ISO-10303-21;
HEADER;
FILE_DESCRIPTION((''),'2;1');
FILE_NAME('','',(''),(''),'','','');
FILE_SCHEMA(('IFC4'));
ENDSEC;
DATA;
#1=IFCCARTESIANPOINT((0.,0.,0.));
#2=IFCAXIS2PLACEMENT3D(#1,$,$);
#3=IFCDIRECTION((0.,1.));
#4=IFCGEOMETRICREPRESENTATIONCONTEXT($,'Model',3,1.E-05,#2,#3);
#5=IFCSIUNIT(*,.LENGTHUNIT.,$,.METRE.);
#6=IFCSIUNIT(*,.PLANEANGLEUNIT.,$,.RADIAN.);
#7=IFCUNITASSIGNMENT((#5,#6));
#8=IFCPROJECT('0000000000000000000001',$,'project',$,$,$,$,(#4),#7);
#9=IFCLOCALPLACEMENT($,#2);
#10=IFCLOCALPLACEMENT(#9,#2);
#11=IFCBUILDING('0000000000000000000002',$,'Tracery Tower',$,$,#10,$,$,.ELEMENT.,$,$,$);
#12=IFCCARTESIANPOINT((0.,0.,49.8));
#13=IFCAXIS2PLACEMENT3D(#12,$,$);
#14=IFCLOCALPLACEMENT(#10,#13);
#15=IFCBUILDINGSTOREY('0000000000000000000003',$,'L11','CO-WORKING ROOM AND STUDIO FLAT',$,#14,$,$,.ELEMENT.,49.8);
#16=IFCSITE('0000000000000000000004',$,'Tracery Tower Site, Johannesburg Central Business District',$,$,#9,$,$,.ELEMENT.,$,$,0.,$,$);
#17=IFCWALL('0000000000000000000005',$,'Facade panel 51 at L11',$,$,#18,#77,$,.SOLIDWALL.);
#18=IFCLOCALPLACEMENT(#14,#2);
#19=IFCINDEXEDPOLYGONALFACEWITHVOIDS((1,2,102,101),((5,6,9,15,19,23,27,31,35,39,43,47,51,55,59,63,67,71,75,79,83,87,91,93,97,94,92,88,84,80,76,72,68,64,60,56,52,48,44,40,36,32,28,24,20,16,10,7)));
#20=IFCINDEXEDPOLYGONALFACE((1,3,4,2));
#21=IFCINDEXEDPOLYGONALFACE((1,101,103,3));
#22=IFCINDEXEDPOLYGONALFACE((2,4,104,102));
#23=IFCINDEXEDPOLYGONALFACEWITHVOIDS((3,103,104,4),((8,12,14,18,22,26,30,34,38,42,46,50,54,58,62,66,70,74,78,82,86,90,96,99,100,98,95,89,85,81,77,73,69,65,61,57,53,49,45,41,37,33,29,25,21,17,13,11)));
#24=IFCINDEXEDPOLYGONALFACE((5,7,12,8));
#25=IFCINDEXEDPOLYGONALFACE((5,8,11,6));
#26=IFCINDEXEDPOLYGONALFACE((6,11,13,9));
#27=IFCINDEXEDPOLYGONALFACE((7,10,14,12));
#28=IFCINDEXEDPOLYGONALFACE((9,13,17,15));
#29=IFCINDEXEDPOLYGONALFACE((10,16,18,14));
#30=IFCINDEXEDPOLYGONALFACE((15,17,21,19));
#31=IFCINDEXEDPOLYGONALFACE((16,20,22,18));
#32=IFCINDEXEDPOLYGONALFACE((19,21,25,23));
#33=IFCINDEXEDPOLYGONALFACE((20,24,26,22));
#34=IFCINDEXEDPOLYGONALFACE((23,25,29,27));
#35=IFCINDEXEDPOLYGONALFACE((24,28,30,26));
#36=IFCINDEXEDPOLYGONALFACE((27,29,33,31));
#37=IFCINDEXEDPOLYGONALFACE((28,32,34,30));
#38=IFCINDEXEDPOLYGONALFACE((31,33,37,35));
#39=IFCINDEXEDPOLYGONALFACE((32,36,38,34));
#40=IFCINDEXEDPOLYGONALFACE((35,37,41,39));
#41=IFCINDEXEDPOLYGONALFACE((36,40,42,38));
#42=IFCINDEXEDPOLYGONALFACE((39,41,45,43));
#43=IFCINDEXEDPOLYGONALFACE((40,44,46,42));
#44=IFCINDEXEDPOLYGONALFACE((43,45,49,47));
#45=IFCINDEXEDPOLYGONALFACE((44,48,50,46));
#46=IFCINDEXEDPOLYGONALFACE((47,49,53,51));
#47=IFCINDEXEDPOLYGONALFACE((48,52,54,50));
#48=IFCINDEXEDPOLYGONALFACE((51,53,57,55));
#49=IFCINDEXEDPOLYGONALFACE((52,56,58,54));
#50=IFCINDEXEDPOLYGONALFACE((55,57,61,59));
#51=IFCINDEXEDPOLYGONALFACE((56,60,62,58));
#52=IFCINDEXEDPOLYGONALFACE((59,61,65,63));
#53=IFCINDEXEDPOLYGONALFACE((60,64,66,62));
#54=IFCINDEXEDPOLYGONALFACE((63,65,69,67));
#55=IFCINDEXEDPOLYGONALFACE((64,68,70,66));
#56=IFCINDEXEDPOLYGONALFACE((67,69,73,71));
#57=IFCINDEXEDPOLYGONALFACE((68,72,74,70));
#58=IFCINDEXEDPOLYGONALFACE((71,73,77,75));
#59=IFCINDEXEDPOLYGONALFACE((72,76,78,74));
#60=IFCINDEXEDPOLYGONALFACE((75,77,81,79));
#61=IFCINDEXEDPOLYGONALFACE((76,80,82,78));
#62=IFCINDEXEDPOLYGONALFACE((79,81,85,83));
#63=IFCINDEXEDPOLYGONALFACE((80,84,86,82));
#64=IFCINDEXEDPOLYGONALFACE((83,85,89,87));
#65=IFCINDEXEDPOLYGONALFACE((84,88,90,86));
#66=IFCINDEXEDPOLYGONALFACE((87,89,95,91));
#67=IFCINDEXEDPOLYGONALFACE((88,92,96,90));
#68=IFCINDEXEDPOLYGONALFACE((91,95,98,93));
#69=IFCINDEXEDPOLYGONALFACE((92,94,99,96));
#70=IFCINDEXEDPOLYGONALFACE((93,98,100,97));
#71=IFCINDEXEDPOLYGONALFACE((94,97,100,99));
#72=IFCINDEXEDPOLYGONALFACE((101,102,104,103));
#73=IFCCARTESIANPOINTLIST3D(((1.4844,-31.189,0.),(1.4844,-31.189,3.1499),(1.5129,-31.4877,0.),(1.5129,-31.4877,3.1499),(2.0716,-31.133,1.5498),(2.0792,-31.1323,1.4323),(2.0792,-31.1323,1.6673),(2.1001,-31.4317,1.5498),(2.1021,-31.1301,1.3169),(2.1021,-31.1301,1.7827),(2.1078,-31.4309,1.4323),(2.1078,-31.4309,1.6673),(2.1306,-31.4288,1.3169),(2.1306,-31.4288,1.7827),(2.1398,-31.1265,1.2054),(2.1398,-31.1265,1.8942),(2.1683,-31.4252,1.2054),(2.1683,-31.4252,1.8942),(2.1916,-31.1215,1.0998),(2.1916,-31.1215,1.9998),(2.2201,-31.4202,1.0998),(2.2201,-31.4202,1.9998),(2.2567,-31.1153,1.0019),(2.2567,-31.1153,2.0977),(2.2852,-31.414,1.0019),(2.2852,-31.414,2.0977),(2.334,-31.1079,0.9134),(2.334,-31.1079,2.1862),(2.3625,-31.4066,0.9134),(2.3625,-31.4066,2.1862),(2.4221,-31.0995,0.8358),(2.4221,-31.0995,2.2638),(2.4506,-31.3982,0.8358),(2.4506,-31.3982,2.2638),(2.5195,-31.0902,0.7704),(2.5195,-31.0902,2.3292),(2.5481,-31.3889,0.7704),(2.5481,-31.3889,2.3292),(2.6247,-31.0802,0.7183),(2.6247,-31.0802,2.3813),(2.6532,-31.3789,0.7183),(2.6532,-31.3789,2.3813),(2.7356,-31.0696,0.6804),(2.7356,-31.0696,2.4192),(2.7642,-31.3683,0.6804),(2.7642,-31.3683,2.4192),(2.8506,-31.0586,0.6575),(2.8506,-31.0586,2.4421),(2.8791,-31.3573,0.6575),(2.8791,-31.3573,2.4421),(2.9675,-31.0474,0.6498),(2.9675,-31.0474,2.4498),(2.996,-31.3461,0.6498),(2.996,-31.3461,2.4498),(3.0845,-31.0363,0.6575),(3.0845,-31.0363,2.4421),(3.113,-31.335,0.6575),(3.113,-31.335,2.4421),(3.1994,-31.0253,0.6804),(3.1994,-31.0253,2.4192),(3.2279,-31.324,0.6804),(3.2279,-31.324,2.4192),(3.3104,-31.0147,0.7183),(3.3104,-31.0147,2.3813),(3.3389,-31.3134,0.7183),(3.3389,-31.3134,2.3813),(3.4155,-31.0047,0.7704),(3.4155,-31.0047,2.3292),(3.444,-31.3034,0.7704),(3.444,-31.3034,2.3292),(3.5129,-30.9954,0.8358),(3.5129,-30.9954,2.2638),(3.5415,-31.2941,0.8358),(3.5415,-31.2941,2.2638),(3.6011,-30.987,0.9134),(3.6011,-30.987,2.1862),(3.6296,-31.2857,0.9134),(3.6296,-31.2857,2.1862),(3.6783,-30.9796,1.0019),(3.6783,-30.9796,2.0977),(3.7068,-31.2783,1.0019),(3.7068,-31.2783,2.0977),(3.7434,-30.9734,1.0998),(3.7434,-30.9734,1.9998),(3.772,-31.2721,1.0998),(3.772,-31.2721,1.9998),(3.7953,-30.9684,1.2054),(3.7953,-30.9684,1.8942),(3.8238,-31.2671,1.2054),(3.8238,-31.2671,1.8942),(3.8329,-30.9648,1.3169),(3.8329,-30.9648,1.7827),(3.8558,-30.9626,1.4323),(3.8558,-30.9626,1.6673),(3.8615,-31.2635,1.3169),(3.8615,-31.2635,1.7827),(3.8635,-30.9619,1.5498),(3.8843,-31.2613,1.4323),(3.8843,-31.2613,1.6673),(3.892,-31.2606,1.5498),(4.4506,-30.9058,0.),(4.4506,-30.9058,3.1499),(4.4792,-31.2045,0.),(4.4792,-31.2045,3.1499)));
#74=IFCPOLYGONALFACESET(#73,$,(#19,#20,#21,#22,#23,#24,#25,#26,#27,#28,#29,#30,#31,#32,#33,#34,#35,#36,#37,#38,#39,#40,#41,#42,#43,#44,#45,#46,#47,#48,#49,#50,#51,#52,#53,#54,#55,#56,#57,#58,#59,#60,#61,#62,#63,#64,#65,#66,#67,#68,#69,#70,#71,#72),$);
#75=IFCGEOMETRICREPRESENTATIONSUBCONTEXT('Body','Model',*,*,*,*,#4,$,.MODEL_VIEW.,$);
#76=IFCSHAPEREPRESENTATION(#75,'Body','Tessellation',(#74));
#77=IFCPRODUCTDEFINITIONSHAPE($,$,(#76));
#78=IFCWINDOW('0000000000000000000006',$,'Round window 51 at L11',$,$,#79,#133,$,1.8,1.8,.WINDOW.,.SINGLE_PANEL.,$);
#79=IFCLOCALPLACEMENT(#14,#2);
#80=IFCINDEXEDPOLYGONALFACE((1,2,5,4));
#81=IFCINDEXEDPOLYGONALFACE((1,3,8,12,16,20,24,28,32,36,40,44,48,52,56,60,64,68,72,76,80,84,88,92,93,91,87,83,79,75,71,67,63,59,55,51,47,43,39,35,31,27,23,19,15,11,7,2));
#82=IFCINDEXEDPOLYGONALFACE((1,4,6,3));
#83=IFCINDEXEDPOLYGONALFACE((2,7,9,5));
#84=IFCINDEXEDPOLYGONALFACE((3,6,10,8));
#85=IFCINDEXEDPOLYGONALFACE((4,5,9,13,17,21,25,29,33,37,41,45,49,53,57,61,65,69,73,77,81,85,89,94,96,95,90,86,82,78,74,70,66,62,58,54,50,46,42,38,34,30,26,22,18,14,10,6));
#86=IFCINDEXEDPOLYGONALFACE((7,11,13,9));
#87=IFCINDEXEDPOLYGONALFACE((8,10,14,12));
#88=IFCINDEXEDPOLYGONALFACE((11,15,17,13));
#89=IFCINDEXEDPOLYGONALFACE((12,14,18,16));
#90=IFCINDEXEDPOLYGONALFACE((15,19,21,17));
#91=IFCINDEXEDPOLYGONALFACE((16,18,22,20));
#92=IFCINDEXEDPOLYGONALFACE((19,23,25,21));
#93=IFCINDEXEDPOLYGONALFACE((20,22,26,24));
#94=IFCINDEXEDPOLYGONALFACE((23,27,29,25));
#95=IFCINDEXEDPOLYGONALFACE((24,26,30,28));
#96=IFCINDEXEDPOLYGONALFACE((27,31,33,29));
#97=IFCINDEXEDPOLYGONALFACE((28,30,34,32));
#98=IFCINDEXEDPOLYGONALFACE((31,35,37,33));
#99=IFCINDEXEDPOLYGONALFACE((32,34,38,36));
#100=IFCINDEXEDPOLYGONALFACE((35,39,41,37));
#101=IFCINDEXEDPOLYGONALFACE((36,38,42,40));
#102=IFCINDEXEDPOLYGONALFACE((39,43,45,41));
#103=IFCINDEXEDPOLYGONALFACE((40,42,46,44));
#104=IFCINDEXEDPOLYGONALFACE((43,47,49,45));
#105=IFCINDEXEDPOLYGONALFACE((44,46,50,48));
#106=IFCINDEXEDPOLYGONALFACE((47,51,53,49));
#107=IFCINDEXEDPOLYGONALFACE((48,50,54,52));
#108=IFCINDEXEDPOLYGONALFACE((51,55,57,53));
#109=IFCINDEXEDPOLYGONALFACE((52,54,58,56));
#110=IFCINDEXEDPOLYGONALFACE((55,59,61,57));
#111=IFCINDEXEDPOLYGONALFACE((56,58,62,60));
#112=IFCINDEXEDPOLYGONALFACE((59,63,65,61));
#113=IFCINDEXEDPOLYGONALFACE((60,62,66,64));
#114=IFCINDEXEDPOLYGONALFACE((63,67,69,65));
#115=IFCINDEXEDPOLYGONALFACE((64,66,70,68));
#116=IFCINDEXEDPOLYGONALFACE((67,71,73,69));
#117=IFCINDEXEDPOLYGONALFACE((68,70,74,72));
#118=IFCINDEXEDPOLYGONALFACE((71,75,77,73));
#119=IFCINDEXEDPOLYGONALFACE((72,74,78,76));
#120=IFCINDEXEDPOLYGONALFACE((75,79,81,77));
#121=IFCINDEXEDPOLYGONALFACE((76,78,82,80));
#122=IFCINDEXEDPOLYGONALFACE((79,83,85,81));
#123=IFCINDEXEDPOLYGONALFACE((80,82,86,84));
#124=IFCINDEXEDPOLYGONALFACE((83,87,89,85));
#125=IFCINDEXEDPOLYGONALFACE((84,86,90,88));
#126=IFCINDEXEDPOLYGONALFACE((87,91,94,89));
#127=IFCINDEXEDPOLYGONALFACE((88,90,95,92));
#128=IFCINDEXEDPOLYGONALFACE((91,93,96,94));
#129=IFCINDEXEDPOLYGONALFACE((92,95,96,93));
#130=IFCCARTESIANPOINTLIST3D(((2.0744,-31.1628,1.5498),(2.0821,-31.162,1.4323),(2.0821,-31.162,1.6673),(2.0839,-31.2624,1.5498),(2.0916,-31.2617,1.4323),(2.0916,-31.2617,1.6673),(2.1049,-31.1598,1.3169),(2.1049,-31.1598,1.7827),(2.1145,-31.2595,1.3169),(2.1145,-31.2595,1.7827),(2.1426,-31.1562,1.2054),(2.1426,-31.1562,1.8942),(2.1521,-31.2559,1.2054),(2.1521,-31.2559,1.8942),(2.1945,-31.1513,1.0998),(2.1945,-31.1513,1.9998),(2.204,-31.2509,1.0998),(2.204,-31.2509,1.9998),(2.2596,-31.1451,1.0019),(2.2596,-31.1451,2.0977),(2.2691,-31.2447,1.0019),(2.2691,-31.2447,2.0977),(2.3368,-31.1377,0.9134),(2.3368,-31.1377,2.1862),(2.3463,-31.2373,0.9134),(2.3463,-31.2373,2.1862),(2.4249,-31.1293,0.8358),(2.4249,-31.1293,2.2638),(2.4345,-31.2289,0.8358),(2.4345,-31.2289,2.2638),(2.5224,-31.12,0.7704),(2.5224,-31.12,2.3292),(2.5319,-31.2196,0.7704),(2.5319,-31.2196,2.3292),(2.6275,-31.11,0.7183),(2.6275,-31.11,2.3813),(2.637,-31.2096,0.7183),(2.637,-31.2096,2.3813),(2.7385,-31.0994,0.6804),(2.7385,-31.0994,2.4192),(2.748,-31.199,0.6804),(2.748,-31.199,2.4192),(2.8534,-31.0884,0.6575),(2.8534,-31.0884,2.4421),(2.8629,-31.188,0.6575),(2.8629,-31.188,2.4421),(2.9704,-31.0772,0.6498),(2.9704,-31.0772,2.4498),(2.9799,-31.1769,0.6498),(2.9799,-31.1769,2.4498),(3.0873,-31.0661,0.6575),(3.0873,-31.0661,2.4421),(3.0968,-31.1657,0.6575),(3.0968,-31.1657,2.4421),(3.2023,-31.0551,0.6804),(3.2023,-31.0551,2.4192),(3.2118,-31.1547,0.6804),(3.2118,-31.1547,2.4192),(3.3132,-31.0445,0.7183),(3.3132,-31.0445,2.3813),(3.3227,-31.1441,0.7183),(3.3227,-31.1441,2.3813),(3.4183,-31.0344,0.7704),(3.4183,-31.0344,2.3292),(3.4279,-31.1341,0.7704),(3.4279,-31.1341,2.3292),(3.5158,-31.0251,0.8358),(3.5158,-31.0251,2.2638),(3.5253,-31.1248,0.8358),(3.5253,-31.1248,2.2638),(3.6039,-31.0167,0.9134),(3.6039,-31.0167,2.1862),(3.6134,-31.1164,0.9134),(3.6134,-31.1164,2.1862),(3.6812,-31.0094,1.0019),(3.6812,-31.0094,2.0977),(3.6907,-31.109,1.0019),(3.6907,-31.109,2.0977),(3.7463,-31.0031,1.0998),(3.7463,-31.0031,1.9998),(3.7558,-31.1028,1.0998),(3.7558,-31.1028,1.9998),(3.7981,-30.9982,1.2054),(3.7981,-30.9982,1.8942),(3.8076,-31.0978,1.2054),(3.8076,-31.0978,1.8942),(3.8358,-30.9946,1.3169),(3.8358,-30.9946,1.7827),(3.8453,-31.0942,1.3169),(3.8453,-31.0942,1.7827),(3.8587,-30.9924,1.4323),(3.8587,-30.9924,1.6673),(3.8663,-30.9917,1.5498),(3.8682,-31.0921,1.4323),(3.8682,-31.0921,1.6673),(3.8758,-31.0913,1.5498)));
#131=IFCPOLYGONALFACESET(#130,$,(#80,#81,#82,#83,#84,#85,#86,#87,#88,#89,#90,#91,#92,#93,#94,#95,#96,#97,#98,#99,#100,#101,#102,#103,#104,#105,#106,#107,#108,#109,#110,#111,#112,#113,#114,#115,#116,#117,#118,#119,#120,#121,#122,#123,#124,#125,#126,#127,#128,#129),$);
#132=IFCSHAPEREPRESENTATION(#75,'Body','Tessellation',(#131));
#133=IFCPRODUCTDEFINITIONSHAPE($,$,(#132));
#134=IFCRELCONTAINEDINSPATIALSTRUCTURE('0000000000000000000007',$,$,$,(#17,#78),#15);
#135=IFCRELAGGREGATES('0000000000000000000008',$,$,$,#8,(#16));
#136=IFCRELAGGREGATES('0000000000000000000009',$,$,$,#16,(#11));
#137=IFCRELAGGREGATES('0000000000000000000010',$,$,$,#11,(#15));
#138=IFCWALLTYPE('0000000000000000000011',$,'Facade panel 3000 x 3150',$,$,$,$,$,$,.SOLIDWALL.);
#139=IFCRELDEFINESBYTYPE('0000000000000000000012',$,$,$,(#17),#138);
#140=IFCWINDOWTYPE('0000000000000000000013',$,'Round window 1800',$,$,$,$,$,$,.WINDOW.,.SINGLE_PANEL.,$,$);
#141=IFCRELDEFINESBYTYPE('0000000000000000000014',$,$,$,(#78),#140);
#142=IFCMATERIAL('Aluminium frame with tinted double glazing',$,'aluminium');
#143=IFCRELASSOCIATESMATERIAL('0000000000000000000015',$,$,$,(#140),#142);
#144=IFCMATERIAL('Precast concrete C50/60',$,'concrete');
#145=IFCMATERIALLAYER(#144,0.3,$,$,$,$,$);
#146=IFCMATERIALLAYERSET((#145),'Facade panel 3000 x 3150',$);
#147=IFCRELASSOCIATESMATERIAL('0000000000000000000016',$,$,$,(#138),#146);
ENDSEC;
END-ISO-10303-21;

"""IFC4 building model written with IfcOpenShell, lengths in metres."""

from ifc_helpers import new_model, si_unit, direction, frame, frame_2d, origin, origin_2d, place, context, subcontext, project, spatial, rectangle, circle, extrude, material, layer, layer_set, type_object, element, fill, save


model = new_model("IFC4")

# Units and contexts
model_context = context("Model", 3, precision=1e-05, world=origin(), true_north=direction((0.0, 1.0)))
body_context = subcontext(model_context, "Body", "Model", "MODEL_VIEW")
ifc_project = project(units=[si_unit("LENGTHUNIT", "METRE"), si_unit("PLANEANGLEUNIT", "RADIAN")], contexts=[model_context])

# Site, building, storey
site_placement = place(None, origin())
site = spatial("IfcSite", under=ifc_project, at=site_placement, Name="Tracery Tower Site, Johannesburg Central Business District", CompositionType="ELEMENT", RefElevation=0.0)
building_placement = place(site_placement, origin())
building = spatial("IfcBuilding", under=site, at=building_placement, Name="Tracery Tower", CompositionType="ELEMENT")
storey_placement = place(building_placement, frame((0.0, 0.0, 49.8)))
storey = spatial("IfcBuildingStorey", under=building, at=storey_placement, Name="L11", Description="CO-WORKING ROOM AND STUDIO FLAT", CompositionType="ELEMENT", Elevation=49.8)

# Wall, opening, window
ifc_material_1 = material(Name="Aluminium frame with tinted double glazing", Category="aluminium")
window_type = type_object("IfcWindowType", Name="Round window 1800", PartitioningType="SINGLE_PANEL", PredefinedType="WINDOW", material=ifc_material_1)
ifc_material_2 = material(Name="Precast concrete C50/60", Category="concrete")
ifc_layer_1 = layer(ifc_material_2, 0.3)
ifc_layer_set_1 = layer_set([ifc_layer_1], Name="Facade panel 3000 x 3150")
wall_type_1 = type_object("IfcWallType", Name="Facade panel 3000 x 3150", PredefinedType="SOLIDWALL", material=ifc_layer_set_1)
wall_1_placement = place(storey_placement, frame((1.4988, -31.3384, 0.0), z_axis=(0.0, 0.0, 1.0), x_axis=(0.995473, 0.095041, 0.0)))
wall_1 = element("IfcWall", 1, at=wall_1_placement, inside=storey, type_object=wall_type_1, Name="Facade panel 51 at L11", PredefinedType="SOLIDWALL", context=body_context, shape_type="SweptSolid", body=[
    extrude(rectangle(XDim=2.9797, YDim=0.3, at=frame_2d((1.4897, 0.0))), origin(), (0.0, 0.0, 1.0), 3.1499),
])
opening_1_placement = place(wall_1_placement, frame((1.4897, 0.0, 1.5498)))
opening_1 = element("IfcOpeningElement", 2, at=opening_1_placement, cuts=wall_1, PredefinedType="OPENING", context=body_context, shape_type="SweptSolid", body=[
    extrude(circle(Radius=0.9, at=origin_2d()), frame((0.0, 0.1599, 0.0), z_axis=(0.0, -1.0, 0.0), x_axis=(1.0, 0.0, 0.0)), (0.0, 0.0, 1.0), 0.3201),
])
window_1_placement = place(opening_1_placement, origin())
window_1 = element("IfcWindow", 3, at=window_1_placement, inside=storey, type_object=window_type, Name="Round window 51 at L11", OverallHeight=1.8, OverallWidth=1.8, PartitioningType="SINGLE_PANEL", PredefinedType="WINDOW", context=body_context, shape_type="SweptSolid", body=[
    extrude(circle(Radius=0.9, at=origin_2d()), frame((0.0, 0.1201, 0.0), z_axis=(0.0, -1.0, 0.0), x_axis=(1.0, 0.0, 0.0)), (0.0, 0.0, 1.0), 0.1001),
])
fill(opening_1, window_1)

save(model, "model.ifc")
